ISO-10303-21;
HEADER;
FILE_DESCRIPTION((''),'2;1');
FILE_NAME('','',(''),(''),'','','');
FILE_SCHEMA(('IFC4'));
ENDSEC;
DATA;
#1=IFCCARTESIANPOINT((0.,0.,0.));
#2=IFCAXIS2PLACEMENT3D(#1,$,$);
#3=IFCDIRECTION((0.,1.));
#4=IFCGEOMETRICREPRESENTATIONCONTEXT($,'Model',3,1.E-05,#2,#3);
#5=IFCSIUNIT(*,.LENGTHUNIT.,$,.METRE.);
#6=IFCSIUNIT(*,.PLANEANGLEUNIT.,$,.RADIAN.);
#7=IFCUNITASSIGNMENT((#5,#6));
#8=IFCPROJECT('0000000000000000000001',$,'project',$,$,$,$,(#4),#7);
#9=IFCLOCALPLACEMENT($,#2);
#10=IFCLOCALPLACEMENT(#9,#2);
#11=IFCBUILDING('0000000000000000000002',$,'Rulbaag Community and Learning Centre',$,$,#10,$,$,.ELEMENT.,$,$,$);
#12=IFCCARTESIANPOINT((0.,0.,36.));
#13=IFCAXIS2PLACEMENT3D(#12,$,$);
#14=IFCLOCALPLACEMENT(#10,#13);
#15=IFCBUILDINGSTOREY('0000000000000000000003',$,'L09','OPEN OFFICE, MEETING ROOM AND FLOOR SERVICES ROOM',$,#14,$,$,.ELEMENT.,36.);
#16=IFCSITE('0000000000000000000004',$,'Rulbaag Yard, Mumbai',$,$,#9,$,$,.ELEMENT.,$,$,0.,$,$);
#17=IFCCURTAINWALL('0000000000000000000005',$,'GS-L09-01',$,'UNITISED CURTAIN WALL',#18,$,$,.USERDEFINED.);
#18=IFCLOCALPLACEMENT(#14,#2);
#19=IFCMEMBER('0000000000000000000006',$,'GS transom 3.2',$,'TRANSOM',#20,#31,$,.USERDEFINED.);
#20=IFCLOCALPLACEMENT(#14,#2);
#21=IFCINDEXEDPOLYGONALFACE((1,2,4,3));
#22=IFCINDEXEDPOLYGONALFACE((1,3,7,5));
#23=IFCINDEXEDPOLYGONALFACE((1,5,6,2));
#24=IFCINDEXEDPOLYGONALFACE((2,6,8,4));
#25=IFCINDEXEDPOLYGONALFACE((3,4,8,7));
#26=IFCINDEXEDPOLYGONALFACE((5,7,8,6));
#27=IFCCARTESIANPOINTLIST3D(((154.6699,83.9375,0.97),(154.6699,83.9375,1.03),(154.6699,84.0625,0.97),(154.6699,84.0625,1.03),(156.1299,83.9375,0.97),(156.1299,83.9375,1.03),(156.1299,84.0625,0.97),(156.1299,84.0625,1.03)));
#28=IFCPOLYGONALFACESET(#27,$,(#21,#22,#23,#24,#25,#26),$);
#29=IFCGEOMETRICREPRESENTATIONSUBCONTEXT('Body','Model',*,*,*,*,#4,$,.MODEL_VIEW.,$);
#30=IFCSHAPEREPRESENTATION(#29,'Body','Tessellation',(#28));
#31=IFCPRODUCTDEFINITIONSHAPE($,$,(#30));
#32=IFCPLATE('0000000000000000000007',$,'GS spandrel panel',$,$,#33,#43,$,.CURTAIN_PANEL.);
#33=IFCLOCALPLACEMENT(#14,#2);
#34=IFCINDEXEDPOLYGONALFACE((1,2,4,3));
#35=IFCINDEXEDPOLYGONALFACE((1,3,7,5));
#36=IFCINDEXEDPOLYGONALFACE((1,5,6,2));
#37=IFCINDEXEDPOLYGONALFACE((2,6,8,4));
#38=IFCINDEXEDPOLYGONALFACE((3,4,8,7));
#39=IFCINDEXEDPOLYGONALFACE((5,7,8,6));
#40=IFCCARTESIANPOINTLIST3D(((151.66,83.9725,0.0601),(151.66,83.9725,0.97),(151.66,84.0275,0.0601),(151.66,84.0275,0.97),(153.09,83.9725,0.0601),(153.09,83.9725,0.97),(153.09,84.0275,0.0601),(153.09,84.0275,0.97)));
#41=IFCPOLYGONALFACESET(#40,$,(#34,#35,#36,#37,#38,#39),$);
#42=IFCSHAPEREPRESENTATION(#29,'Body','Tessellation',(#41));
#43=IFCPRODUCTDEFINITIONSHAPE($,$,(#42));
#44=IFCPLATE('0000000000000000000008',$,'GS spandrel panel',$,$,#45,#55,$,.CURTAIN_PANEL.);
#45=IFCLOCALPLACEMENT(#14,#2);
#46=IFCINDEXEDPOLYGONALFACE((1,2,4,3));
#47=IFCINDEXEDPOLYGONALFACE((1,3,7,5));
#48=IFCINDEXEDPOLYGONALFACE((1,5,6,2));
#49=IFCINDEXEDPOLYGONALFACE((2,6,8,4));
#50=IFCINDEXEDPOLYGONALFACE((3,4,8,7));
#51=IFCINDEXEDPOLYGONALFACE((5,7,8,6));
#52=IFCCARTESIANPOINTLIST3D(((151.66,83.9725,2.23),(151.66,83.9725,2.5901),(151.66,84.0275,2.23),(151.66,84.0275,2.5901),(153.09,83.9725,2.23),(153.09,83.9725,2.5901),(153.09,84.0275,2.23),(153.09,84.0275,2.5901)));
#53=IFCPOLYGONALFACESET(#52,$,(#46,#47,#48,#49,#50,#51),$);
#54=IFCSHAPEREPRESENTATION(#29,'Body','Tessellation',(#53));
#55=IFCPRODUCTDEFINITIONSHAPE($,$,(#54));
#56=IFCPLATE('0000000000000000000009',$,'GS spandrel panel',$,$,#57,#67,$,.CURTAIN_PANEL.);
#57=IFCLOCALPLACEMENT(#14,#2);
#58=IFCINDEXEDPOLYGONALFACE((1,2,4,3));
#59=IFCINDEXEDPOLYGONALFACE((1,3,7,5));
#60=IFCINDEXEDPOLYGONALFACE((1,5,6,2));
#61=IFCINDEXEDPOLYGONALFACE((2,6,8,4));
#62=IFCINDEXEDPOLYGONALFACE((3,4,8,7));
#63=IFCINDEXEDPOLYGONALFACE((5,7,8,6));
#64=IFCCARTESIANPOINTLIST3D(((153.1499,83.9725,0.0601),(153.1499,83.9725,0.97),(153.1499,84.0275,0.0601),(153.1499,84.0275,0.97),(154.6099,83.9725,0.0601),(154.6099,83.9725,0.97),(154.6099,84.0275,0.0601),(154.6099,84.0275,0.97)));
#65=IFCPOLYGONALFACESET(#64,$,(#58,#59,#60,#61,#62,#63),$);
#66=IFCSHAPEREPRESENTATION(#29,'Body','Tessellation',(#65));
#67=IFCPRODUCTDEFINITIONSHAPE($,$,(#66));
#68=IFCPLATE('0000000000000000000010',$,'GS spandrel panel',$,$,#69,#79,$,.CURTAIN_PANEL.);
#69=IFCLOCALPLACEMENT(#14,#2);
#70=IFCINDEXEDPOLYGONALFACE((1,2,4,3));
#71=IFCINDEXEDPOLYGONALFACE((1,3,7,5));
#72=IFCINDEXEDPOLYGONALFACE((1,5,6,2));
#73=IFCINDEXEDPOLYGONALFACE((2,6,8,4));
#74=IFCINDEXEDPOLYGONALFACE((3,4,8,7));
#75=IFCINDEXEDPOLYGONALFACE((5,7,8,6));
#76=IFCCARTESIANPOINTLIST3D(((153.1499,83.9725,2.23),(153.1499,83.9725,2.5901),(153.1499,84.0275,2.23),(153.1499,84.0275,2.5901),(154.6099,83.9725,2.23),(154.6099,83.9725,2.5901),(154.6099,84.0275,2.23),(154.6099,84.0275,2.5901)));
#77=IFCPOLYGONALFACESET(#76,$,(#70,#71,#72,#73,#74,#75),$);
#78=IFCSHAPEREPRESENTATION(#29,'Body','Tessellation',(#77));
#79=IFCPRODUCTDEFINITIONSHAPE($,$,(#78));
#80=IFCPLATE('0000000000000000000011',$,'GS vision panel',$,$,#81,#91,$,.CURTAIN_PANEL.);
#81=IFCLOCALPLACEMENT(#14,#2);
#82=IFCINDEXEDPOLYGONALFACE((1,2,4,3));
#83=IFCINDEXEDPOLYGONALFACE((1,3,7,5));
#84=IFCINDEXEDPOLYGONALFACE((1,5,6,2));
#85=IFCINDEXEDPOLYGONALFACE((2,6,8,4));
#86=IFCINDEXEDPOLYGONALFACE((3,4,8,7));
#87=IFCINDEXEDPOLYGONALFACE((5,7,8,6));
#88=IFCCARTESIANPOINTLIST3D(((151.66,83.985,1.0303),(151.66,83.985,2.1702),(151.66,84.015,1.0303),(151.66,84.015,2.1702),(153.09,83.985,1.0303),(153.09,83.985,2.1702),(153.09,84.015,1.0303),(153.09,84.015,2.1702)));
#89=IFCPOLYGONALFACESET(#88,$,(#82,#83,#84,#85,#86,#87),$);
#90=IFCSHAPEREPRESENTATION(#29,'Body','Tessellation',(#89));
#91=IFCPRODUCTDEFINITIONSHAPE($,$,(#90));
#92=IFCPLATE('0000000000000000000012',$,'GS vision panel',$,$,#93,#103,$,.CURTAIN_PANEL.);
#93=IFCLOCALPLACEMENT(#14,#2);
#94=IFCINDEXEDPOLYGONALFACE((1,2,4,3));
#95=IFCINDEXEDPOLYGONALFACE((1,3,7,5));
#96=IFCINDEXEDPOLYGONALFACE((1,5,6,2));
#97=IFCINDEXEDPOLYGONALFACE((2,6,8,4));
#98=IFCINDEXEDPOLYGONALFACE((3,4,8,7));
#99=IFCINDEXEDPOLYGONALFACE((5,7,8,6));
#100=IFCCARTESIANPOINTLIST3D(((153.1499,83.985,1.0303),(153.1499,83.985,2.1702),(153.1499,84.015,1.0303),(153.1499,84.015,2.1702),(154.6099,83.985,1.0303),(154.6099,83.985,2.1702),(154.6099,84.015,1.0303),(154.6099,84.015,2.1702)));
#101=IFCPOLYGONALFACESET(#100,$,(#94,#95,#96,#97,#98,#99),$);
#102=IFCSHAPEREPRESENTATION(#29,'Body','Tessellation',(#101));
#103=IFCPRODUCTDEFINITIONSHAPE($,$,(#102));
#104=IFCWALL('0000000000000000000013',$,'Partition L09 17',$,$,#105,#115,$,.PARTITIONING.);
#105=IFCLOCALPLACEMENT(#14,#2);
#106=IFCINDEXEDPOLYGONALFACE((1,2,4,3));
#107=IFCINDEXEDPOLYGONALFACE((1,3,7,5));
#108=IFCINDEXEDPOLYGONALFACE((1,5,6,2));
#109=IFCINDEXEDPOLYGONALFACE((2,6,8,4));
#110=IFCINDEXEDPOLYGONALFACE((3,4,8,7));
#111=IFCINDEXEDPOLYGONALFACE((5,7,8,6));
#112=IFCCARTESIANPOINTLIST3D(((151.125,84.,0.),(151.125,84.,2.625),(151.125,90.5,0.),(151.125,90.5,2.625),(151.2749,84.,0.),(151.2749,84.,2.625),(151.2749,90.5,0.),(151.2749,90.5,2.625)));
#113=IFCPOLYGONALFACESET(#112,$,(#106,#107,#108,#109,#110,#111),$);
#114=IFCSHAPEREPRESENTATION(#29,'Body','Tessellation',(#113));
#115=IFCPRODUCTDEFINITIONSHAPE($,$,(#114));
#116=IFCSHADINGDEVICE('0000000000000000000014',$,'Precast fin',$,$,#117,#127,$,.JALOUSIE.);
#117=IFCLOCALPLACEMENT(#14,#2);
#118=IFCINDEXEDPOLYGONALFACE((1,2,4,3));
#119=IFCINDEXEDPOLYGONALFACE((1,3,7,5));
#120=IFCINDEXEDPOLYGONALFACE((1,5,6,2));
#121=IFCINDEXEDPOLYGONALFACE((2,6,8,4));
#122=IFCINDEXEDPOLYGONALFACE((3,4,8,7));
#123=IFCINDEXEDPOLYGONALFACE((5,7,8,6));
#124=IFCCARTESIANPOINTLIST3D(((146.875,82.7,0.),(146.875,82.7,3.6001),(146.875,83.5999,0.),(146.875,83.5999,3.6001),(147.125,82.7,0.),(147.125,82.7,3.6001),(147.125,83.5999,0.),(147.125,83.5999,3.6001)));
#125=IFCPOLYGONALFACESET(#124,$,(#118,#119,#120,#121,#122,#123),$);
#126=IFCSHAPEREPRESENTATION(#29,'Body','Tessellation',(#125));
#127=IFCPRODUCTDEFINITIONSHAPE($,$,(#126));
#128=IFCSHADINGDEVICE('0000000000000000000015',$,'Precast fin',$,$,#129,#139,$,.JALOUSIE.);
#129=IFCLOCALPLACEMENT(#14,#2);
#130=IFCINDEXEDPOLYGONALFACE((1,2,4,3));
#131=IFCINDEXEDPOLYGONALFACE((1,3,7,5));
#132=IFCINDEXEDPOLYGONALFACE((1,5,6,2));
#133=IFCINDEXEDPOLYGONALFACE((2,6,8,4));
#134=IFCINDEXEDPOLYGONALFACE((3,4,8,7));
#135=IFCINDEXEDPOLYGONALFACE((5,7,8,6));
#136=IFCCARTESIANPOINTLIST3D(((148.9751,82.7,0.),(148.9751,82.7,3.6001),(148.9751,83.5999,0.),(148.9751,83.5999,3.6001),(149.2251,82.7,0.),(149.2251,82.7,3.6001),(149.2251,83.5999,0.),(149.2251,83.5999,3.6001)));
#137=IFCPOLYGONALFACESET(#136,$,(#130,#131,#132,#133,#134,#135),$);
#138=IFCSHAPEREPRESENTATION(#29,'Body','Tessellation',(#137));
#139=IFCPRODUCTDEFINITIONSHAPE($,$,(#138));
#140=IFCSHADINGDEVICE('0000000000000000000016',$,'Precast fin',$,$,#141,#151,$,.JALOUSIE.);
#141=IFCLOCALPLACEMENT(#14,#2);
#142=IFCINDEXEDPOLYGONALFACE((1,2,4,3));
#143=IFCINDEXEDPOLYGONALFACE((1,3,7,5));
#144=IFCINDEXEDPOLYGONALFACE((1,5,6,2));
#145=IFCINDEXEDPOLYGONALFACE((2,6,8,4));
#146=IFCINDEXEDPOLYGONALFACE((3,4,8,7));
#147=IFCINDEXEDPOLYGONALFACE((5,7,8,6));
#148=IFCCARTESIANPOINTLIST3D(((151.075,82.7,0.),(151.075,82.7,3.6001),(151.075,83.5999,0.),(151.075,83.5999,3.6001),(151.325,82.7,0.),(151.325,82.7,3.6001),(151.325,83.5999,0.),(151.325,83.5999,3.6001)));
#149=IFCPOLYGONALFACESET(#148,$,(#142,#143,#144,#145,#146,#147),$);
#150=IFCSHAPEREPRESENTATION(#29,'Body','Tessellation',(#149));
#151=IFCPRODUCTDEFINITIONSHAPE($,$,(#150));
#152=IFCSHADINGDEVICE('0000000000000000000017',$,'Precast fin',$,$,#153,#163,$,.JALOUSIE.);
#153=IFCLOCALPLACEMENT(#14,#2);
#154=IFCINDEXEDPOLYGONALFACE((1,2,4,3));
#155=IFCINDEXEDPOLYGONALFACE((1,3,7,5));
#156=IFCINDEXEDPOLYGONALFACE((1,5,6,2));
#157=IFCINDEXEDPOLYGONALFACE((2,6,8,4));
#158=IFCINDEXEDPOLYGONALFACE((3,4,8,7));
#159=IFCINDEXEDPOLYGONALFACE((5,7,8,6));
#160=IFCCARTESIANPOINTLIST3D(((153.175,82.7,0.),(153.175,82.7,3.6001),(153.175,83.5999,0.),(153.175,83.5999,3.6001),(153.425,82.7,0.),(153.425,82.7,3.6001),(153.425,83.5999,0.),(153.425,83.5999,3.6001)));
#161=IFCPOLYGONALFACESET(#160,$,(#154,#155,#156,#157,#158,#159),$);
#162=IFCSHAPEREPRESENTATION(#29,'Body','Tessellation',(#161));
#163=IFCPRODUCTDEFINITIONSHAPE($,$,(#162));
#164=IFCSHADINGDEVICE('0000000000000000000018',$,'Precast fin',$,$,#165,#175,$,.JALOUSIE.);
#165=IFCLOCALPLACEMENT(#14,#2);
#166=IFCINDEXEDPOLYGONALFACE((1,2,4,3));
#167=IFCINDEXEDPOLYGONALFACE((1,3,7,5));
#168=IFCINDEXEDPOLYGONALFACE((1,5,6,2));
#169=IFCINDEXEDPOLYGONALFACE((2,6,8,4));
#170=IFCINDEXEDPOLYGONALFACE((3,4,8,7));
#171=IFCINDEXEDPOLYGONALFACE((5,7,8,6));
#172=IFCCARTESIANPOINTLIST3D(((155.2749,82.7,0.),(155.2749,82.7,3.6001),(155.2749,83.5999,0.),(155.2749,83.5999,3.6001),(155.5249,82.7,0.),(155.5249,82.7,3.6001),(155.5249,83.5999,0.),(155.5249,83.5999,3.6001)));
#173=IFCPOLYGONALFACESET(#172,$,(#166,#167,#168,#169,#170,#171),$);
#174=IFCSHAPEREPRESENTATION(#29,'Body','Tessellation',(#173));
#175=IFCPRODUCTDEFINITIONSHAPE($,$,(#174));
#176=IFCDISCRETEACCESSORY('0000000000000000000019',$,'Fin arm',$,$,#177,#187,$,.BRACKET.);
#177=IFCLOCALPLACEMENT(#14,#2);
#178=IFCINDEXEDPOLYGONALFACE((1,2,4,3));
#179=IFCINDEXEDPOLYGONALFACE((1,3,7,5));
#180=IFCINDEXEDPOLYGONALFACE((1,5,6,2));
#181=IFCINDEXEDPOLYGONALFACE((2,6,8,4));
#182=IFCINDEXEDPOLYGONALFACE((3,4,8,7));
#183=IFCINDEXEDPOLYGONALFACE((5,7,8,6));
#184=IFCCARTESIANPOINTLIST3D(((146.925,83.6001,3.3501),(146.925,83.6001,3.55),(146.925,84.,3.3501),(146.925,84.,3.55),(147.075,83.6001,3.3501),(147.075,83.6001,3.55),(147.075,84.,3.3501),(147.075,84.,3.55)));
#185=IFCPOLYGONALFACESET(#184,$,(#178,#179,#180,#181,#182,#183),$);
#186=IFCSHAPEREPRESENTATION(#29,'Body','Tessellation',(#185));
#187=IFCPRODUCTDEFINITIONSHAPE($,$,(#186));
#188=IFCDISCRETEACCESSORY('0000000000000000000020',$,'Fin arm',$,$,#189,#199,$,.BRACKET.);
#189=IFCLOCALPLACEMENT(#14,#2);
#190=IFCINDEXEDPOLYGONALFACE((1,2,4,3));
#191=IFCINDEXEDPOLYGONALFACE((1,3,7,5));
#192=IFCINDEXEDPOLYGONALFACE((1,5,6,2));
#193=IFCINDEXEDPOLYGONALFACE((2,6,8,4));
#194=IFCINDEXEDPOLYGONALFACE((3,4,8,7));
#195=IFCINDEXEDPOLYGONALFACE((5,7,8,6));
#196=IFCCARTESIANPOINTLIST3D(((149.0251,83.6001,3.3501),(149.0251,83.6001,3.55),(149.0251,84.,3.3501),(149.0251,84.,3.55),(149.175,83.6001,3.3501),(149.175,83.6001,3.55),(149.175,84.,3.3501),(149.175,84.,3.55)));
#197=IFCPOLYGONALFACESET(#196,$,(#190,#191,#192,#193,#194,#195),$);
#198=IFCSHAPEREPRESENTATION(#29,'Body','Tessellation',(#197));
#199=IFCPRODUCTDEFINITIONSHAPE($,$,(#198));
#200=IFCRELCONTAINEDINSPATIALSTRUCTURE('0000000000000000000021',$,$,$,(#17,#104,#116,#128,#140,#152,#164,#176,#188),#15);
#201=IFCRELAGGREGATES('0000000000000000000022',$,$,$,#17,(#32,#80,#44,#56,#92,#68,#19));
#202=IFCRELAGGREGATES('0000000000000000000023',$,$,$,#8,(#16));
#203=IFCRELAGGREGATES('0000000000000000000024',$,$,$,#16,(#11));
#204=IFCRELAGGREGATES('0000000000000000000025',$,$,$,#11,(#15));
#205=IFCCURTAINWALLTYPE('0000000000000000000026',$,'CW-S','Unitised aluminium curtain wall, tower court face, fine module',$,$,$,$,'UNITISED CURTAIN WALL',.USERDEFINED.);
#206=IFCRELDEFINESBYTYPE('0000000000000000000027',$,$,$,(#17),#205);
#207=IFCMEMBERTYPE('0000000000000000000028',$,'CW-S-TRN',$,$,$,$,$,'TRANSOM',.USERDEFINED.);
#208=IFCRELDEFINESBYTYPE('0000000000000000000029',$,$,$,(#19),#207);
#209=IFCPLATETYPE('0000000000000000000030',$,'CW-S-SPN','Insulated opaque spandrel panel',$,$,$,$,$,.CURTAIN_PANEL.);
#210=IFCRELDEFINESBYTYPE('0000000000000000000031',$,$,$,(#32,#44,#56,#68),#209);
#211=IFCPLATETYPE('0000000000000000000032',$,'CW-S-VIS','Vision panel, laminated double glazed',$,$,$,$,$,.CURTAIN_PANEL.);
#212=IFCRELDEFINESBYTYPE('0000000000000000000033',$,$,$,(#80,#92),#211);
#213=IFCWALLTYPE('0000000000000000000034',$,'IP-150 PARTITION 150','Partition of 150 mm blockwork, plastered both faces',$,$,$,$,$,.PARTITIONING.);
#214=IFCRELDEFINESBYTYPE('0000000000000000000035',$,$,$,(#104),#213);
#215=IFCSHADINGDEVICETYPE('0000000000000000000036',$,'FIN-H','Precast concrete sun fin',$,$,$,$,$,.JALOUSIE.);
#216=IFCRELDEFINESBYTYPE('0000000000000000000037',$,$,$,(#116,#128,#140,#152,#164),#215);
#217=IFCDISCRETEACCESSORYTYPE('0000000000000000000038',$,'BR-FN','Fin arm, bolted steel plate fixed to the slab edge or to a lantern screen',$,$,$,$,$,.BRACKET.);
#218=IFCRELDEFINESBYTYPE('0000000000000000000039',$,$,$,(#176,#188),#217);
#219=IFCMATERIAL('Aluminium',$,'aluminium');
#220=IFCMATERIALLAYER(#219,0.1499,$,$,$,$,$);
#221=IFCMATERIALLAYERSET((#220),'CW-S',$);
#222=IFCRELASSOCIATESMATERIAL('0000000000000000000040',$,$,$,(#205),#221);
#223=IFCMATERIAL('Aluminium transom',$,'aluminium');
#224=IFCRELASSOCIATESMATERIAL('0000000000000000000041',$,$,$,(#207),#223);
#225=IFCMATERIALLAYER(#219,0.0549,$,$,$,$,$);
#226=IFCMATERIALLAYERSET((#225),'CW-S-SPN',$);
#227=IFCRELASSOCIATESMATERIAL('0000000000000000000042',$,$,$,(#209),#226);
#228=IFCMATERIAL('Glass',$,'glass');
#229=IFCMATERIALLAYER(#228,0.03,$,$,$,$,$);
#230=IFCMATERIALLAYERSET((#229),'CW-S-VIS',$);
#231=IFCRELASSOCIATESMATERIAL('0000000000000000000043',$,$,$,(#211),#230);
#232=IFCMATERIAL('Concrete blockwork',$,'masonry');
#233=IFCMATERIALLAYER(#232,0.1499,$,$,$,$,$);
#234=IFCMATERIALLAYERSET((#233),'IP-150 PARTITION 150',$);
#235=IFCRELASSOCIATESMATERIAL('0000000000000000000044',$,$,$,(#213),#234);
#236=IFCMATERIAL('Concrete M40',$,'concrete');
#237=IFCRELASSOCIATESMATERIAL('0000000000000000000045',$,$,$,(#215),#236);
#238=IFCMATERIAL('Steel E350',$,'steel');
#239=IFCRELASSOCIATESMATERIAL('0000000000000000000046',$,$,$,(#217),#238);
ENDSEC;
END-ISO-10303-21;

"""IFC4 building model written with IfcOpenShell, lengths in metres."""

from ifc_helpers import new_model, si_unit, direction, frame, frame_2d, origin, origin_2d, place, context, subcontext, project, spatial, rectangle, extrude, material, layer, layer_set, material_profile, profile_set, type_object, element, aggregate, save


model = new_model("IFC4")

# Units and contexts
model_context = context("Model", 3, precision=1e-05, world=origin(), true_north=direction((0.0, 1.0)))
body_context = subcontext(model_context, "Body", "Model", "MODEL_VIEW")
ifc_project = project(units=[si_unit("LENGTHUNIT", "METRE"), si_unit("PLANEANGLEUNIT", "RADIAN")], contexts=[model_context])

# Site, building, storey
site_placement = place(None, origin())
site = spatial("IfcSite", under=ifc_project, at=site_placement, Name="Rulbaag Yard, Mumbai", CompositionType="ELEMENT", RefElevation=0.0)
building_placement = place(site_placement, origin())
building = spatial("IfcBuilding", under=site, at=building_placement, Name="Rulbaag Community and Learning Centre", CompositionType="ELEMENT")
storey_placement = place(building_placement, frame((0.0, 0.0, 36.0)))
storey = spatial("IfcBuildingStorey", under=building, at=storey_placement, Name="L09", Description="OPEN OFFICE, MEETING ROOM AND FLOOR SERVICES ROOM", CompositionType="ELEMENT", Elevation=36.0)

# Shared definitions
ifc_material_1 = material(Name="Concrete M40", Category="concrete")

# Curtain wall, member, plates
ifc_material_2 = material(Name="Aluminium", Category="aluminium")
ifc_layer_1 = layer(ifc_material_2, 0.1499)
ifc_layer_set_1 = layer_set([ifc_layer_1], Name="CW-S")
curtain_wall_type = type_object("IfcCurtainWallType", Name="CW-S", Description="Unitised aluminium curtain wall, tower court face, fine module", ElementType="UNITISED CURTAIN WALL", PredefinedType="USERDEFINED", material=ifc_layer_set_1)
curtain_wall_placement = place(storey_placement, origin())
curtain_wall = element("IfcCurtainWall", 1, at=curtain_wall_placement, inside=storey, type_object=curtain_wall_type, Name="GS-L09-01", ObjectType="UNITISED CURTAIN WALL", PredefinedType="USERDEFINED")
ifc_material_3 = material(Name="Aluminium transom", Category="aluminium")
ifc_material_profile_1 = material_profile(ifc_material_3, rectangle(XDim=0.125, YDim=0.0601, at=origin_2d()), Name="AL 60x125 T")
ifc_profile_set_1 = profile_set([ifc_material_profile_1], Name="Aluminium transom")
member_type_1 = type_object("IfcMemberType", Name="CW-S-TRN", ElementType="TRANSOM", PredefinedType="USERDEFINED", material=ifc_profile_set_1)
member_1_placement = place(storey_placement, frame((154.6699, 84.0, 1.0), z_axis=(1.0, 0.0, 0.0), x_axis=(0.0, 1.0, 0.0)))
member_1 = element("IfcMember", 2, at=member_1_placement, type_object=member_type_1, Name="GS transom 3.2", ObjectType="TRANSOM", PredefinedType="USERDEFINED", context=body_context, shape_type="SweptSolid", body=[
    extrude(rectangle(XDim=0.125, YDim=0.0601, at=origin_2d()), origin(), (0.0, 0.0, 1.0), 1.46),
])
ifc_layer_2 = layer(ifc_material_2, 0.0549)
ifc_layer_set_2 = layer_set([ifc_layer_2], Name="CW-S-SPN")
plate_type_1 = type_object("IfcPlateType", Name="CW-S-SPN", Description="Insulated opaque spandrel panel", PredefinedType="CURTAIN_PANEL", material=ifc_layer_set_2)
plate_1_placement = place(storey_placement, frame((152.375, 84.0, 0.0601), z_axis=(0.0, 0.0, 1.0), x_axis=(1.0, 0.0, 0.0)))
plate_1 = element("IfcPlate", 3, at=plate_1_placement, type_object=plate_type_1, Name="GS spandrel panel", PredefinedType="CURTAIN_PANEL", context=body_context, shape_type="SweptSolid", body=[
    extrude(rectangle(XDim=1.4299, YDim=0.0549, at=origin_2d()), origin(), (0.0, 0.0, 1.0), 0.9099),
])
plate_2_placement = place(storey_placement, frame((152.375, 84.0, 2.23), z_axis=(0.0, 0.0, 1.0), x_axis=(1.0, 0.0, 0.0)))
plate_2 = element("IfcPlate", 4, at=plate_2_placement, type_object=plate_type_1, Name="GS spandrel panel", PredefinedType="CURTAIN_PANEL", context=body_context, shape_type="SweptSolid", body=[
    extrude(rectangle(XDim=1.4299, YDim=0.0549, at=origin_2d()), origin(), (0.0, 0.0, 1.0), 0.3601),
])
plate_3_placement = place(storey_placement, frame((153.8799, 84.0, 0.0601), z_axis=(0.0, 0.0, 1.0), x_axis=(1.0, 0.0, 0.0)))
plate_3 = element("IfcPlate", 5, at=plate_3_placement, type_object=plate_type_1, Name="GS spandrel panel", PredefinedType="CURTAIN_PANEL", context=body_context, shape_type="SweptSolid", body=[
    extrude(rectangle(XDim=1.46, YDim=0.0549, at=origin_2d()), origin(), (0.0, 0.0, 1.0), 0.9099),
])
plate_4_placement = place(storey_placement, frame((153.8799, 84.0, 2.23), z_axis=(0.0, 0.0, 1.0), x_axis=(1.0, 0.0, 0.0)))
plate_4 = element("IfcPlate", 6, at=plate_4_placement, type_object=plate_type_1, Name="GS spandrel panel", PredefinedType="CURTAIN_PANEL", context=body_context, shape_type="SweptSolid", body=[
    extrude(rectangle(XDim=1.46, YDim=0.0549, at=origin_2d()), origin(), (0.0, 0.0, 1.0), 0.3601),
])
ifc_material_4 = material(Name="Glass", Category="glass")
ifc_layer_3 = layer(ifc_material_4, 0.03)
ifc_layer_set_3 = layer_set([ifc_layer_3], Name="CW-S-VIS")
plate_type_2 = type_object("IfcPlateType", Name="CW-S-VIS", Description="Vision panel, laminated double glazed", PredefinedType="CURTAIN_PANEL", material=ifc_layer_set_3)
plate_5_placement = place(storey_placement, frame((152.375, 84.0, 1.0303), z_axis=(0.0, 0.0, 1.0), x_axis=(1.0, 0.0, 0.0)))
plate_5 = element("IfcPlate", 7, at=plate_5_placement, type_object=plate_type_2, Name="GS vision panel", PredefinedType="CURTAIN_PANEL", context=body_context, shape_type="SweptSolid", body=[
    extrude(rectangle(XDim=1.4299, YDim=0.03, at=origin_2d()), origin(), (0.0, 0.0, 1.0), 1.1399),
])
plate_6_placement = place(storey_placement, frame((153.8799, 84.0, 1.0303), z_axis=(0.0, 0.0, 1.0), x_axis=(1.0, 0.0, 0.0)))
plate_6 = element("IfcPlate", 8, at=plate_6_placement, type_object=plate_type_2, Name="GS vision panel", PredefinedType="CURTAIN_PANEL", context=body_context, shape_type="SweptSolid", body=[
    extrude(rectangle(XDim=1.46, YDim=0.03, at=origin_2d()), origin(), (0.0, 0.0, 1.0), 1.1399),
])
aggregate(curtain_wall, [plate_1, plate_5, plate_2, plate_3, plate_6, plate_4, member_1])

# Wall
ifc_material_5 = material(Name="Concrete blockwork", Category="masonry")
ifc_layer_4 = layer(ifc_material_5, 0.1499)
ifc_layer_set_4 = layer_set([ifc_layer_4], Name="IP-150 PARTITION 150")
wall_type = type_object("IfcWallType", Name="IP-150 PARTITION 150", Description="Partition of 150 mm blockwork, plastered both faces", PredefinedType="PARTITIONING", material=ifc_layer_set_4)
wall_placement = place(storey_placement, frame((151.2, 84.0, 0.0), z_axis=(0.0, 0.0, 1.0), x_axis=(0.0, 1.0, 0.0)))
element("IfcWall", 9, at=wall_placement, inside=storey, type_object=wall_type, Name="Partition L09 17", PredefinedType="PARTITIONING", context=body_context, shape_type="SweptSolid", body=[
    extrude(rectangle(XDim=6.5, YDim=0.1499, at=frame_2d((3.25, 0.0))), origin(), (0.0, 0.0, 1.0), 2.625),
])

# Shading devices
ifc_material_profile_2 = material_profile(ifc_material_1, rectangle(XDim=0.25, YDim=0.8999, at=origin_2d()), Name="PC 250x900")
ifc_profile_set_2 = profile_set([ifc_material_profile_2], Name="Concrete M40")
shading_device_type = type_object("IfcShadingDeviceType", Name="FIN-H", Description="Precast concrete sun fin", PredefinedType="JALOUSIE", material=ifc_profile_set_2)
for number, where, z_axis, x_axis, name in (
    (10, (147.0, 83.1499, 0.0), (0.0, 0.0, 1.0), (1.0, 0.0, 0.0), "Precast fin"),
    (11, (149.1001, 83.1499, 0.0), (0.0, 0.0, 1.0), (1.0, 0.0, 0.0), "Precast fin"),
    (12, (151.2, 83.1499, 0.0), (0.0, 0.0, 1.0), (1.0, 0.0, 0.0), "Precast fin"),
    (13, (153.3, 83.1499, 0.0), (0.0, 0.0, 1.0), (1.0, 0.0, 0.0), "Precast fin"),
    (14, (155.3999, 83.1499, 0.0), (0.0, 0.0, 1.0), (1.0, 0.0, 0.0), "Precast fin"),
):
    element("IfcShadingDevice", number, at=place(storey_placement, frame(where, z_axis=z_axis, x_axis=x_axis)), inside=storey, type_object=shading_device_type, Name=name, PredefinedType="JALOUSIE", context=body_context, shape_type="SweptSolid", body=[
        extrude(rectangle(XDim=0.25, YDim=0.8999, at=origin_2d()), origin(), (0.0, 0.0, 1.0), 3.6001),
    ])

# Discrete accessories
ifc_material_6 = material(Name="Steel E350", Category="steel")
discrete_accessory_type = type_object("IfcDiscreteAccessoryType", Name="BR-FN", Description="Fin arm, bolted steel plate fixed to the slab edge or to a lantern screen", PredefinedType="BRACKET", material=ifc_material_6)
for number, where, z_axis, x_axis, name in (
    (15, (147.0, 83.8, 3.3501), (0.0, 0.0, 1.0), (1.0, 0.0, 0.0), "Fin arm"),
    (16, (149.1001, 83.8, 3.3501), (0.0, 0.0, 1.0), (1.0, 0.0, 0.0), "Fin arm"),
):
    element("IfcDiscreteAccessory", number, at=place(storey_placement, frame(where, z_axis=z_axis, x_axis=x_axis)), inside=storey, type_object=discrete_accessory_type, Name=name, PredefinedType="BRACKET", context=body_context, shape_type="SweptSolid", body=[
        extrude(rectangle(XDim=0.1499, YDim=0.3999, at=origin_2d()), origin(), (0.0, 0.0, 1.0), 0.2),
    ])

save(model, "model.ifc")
